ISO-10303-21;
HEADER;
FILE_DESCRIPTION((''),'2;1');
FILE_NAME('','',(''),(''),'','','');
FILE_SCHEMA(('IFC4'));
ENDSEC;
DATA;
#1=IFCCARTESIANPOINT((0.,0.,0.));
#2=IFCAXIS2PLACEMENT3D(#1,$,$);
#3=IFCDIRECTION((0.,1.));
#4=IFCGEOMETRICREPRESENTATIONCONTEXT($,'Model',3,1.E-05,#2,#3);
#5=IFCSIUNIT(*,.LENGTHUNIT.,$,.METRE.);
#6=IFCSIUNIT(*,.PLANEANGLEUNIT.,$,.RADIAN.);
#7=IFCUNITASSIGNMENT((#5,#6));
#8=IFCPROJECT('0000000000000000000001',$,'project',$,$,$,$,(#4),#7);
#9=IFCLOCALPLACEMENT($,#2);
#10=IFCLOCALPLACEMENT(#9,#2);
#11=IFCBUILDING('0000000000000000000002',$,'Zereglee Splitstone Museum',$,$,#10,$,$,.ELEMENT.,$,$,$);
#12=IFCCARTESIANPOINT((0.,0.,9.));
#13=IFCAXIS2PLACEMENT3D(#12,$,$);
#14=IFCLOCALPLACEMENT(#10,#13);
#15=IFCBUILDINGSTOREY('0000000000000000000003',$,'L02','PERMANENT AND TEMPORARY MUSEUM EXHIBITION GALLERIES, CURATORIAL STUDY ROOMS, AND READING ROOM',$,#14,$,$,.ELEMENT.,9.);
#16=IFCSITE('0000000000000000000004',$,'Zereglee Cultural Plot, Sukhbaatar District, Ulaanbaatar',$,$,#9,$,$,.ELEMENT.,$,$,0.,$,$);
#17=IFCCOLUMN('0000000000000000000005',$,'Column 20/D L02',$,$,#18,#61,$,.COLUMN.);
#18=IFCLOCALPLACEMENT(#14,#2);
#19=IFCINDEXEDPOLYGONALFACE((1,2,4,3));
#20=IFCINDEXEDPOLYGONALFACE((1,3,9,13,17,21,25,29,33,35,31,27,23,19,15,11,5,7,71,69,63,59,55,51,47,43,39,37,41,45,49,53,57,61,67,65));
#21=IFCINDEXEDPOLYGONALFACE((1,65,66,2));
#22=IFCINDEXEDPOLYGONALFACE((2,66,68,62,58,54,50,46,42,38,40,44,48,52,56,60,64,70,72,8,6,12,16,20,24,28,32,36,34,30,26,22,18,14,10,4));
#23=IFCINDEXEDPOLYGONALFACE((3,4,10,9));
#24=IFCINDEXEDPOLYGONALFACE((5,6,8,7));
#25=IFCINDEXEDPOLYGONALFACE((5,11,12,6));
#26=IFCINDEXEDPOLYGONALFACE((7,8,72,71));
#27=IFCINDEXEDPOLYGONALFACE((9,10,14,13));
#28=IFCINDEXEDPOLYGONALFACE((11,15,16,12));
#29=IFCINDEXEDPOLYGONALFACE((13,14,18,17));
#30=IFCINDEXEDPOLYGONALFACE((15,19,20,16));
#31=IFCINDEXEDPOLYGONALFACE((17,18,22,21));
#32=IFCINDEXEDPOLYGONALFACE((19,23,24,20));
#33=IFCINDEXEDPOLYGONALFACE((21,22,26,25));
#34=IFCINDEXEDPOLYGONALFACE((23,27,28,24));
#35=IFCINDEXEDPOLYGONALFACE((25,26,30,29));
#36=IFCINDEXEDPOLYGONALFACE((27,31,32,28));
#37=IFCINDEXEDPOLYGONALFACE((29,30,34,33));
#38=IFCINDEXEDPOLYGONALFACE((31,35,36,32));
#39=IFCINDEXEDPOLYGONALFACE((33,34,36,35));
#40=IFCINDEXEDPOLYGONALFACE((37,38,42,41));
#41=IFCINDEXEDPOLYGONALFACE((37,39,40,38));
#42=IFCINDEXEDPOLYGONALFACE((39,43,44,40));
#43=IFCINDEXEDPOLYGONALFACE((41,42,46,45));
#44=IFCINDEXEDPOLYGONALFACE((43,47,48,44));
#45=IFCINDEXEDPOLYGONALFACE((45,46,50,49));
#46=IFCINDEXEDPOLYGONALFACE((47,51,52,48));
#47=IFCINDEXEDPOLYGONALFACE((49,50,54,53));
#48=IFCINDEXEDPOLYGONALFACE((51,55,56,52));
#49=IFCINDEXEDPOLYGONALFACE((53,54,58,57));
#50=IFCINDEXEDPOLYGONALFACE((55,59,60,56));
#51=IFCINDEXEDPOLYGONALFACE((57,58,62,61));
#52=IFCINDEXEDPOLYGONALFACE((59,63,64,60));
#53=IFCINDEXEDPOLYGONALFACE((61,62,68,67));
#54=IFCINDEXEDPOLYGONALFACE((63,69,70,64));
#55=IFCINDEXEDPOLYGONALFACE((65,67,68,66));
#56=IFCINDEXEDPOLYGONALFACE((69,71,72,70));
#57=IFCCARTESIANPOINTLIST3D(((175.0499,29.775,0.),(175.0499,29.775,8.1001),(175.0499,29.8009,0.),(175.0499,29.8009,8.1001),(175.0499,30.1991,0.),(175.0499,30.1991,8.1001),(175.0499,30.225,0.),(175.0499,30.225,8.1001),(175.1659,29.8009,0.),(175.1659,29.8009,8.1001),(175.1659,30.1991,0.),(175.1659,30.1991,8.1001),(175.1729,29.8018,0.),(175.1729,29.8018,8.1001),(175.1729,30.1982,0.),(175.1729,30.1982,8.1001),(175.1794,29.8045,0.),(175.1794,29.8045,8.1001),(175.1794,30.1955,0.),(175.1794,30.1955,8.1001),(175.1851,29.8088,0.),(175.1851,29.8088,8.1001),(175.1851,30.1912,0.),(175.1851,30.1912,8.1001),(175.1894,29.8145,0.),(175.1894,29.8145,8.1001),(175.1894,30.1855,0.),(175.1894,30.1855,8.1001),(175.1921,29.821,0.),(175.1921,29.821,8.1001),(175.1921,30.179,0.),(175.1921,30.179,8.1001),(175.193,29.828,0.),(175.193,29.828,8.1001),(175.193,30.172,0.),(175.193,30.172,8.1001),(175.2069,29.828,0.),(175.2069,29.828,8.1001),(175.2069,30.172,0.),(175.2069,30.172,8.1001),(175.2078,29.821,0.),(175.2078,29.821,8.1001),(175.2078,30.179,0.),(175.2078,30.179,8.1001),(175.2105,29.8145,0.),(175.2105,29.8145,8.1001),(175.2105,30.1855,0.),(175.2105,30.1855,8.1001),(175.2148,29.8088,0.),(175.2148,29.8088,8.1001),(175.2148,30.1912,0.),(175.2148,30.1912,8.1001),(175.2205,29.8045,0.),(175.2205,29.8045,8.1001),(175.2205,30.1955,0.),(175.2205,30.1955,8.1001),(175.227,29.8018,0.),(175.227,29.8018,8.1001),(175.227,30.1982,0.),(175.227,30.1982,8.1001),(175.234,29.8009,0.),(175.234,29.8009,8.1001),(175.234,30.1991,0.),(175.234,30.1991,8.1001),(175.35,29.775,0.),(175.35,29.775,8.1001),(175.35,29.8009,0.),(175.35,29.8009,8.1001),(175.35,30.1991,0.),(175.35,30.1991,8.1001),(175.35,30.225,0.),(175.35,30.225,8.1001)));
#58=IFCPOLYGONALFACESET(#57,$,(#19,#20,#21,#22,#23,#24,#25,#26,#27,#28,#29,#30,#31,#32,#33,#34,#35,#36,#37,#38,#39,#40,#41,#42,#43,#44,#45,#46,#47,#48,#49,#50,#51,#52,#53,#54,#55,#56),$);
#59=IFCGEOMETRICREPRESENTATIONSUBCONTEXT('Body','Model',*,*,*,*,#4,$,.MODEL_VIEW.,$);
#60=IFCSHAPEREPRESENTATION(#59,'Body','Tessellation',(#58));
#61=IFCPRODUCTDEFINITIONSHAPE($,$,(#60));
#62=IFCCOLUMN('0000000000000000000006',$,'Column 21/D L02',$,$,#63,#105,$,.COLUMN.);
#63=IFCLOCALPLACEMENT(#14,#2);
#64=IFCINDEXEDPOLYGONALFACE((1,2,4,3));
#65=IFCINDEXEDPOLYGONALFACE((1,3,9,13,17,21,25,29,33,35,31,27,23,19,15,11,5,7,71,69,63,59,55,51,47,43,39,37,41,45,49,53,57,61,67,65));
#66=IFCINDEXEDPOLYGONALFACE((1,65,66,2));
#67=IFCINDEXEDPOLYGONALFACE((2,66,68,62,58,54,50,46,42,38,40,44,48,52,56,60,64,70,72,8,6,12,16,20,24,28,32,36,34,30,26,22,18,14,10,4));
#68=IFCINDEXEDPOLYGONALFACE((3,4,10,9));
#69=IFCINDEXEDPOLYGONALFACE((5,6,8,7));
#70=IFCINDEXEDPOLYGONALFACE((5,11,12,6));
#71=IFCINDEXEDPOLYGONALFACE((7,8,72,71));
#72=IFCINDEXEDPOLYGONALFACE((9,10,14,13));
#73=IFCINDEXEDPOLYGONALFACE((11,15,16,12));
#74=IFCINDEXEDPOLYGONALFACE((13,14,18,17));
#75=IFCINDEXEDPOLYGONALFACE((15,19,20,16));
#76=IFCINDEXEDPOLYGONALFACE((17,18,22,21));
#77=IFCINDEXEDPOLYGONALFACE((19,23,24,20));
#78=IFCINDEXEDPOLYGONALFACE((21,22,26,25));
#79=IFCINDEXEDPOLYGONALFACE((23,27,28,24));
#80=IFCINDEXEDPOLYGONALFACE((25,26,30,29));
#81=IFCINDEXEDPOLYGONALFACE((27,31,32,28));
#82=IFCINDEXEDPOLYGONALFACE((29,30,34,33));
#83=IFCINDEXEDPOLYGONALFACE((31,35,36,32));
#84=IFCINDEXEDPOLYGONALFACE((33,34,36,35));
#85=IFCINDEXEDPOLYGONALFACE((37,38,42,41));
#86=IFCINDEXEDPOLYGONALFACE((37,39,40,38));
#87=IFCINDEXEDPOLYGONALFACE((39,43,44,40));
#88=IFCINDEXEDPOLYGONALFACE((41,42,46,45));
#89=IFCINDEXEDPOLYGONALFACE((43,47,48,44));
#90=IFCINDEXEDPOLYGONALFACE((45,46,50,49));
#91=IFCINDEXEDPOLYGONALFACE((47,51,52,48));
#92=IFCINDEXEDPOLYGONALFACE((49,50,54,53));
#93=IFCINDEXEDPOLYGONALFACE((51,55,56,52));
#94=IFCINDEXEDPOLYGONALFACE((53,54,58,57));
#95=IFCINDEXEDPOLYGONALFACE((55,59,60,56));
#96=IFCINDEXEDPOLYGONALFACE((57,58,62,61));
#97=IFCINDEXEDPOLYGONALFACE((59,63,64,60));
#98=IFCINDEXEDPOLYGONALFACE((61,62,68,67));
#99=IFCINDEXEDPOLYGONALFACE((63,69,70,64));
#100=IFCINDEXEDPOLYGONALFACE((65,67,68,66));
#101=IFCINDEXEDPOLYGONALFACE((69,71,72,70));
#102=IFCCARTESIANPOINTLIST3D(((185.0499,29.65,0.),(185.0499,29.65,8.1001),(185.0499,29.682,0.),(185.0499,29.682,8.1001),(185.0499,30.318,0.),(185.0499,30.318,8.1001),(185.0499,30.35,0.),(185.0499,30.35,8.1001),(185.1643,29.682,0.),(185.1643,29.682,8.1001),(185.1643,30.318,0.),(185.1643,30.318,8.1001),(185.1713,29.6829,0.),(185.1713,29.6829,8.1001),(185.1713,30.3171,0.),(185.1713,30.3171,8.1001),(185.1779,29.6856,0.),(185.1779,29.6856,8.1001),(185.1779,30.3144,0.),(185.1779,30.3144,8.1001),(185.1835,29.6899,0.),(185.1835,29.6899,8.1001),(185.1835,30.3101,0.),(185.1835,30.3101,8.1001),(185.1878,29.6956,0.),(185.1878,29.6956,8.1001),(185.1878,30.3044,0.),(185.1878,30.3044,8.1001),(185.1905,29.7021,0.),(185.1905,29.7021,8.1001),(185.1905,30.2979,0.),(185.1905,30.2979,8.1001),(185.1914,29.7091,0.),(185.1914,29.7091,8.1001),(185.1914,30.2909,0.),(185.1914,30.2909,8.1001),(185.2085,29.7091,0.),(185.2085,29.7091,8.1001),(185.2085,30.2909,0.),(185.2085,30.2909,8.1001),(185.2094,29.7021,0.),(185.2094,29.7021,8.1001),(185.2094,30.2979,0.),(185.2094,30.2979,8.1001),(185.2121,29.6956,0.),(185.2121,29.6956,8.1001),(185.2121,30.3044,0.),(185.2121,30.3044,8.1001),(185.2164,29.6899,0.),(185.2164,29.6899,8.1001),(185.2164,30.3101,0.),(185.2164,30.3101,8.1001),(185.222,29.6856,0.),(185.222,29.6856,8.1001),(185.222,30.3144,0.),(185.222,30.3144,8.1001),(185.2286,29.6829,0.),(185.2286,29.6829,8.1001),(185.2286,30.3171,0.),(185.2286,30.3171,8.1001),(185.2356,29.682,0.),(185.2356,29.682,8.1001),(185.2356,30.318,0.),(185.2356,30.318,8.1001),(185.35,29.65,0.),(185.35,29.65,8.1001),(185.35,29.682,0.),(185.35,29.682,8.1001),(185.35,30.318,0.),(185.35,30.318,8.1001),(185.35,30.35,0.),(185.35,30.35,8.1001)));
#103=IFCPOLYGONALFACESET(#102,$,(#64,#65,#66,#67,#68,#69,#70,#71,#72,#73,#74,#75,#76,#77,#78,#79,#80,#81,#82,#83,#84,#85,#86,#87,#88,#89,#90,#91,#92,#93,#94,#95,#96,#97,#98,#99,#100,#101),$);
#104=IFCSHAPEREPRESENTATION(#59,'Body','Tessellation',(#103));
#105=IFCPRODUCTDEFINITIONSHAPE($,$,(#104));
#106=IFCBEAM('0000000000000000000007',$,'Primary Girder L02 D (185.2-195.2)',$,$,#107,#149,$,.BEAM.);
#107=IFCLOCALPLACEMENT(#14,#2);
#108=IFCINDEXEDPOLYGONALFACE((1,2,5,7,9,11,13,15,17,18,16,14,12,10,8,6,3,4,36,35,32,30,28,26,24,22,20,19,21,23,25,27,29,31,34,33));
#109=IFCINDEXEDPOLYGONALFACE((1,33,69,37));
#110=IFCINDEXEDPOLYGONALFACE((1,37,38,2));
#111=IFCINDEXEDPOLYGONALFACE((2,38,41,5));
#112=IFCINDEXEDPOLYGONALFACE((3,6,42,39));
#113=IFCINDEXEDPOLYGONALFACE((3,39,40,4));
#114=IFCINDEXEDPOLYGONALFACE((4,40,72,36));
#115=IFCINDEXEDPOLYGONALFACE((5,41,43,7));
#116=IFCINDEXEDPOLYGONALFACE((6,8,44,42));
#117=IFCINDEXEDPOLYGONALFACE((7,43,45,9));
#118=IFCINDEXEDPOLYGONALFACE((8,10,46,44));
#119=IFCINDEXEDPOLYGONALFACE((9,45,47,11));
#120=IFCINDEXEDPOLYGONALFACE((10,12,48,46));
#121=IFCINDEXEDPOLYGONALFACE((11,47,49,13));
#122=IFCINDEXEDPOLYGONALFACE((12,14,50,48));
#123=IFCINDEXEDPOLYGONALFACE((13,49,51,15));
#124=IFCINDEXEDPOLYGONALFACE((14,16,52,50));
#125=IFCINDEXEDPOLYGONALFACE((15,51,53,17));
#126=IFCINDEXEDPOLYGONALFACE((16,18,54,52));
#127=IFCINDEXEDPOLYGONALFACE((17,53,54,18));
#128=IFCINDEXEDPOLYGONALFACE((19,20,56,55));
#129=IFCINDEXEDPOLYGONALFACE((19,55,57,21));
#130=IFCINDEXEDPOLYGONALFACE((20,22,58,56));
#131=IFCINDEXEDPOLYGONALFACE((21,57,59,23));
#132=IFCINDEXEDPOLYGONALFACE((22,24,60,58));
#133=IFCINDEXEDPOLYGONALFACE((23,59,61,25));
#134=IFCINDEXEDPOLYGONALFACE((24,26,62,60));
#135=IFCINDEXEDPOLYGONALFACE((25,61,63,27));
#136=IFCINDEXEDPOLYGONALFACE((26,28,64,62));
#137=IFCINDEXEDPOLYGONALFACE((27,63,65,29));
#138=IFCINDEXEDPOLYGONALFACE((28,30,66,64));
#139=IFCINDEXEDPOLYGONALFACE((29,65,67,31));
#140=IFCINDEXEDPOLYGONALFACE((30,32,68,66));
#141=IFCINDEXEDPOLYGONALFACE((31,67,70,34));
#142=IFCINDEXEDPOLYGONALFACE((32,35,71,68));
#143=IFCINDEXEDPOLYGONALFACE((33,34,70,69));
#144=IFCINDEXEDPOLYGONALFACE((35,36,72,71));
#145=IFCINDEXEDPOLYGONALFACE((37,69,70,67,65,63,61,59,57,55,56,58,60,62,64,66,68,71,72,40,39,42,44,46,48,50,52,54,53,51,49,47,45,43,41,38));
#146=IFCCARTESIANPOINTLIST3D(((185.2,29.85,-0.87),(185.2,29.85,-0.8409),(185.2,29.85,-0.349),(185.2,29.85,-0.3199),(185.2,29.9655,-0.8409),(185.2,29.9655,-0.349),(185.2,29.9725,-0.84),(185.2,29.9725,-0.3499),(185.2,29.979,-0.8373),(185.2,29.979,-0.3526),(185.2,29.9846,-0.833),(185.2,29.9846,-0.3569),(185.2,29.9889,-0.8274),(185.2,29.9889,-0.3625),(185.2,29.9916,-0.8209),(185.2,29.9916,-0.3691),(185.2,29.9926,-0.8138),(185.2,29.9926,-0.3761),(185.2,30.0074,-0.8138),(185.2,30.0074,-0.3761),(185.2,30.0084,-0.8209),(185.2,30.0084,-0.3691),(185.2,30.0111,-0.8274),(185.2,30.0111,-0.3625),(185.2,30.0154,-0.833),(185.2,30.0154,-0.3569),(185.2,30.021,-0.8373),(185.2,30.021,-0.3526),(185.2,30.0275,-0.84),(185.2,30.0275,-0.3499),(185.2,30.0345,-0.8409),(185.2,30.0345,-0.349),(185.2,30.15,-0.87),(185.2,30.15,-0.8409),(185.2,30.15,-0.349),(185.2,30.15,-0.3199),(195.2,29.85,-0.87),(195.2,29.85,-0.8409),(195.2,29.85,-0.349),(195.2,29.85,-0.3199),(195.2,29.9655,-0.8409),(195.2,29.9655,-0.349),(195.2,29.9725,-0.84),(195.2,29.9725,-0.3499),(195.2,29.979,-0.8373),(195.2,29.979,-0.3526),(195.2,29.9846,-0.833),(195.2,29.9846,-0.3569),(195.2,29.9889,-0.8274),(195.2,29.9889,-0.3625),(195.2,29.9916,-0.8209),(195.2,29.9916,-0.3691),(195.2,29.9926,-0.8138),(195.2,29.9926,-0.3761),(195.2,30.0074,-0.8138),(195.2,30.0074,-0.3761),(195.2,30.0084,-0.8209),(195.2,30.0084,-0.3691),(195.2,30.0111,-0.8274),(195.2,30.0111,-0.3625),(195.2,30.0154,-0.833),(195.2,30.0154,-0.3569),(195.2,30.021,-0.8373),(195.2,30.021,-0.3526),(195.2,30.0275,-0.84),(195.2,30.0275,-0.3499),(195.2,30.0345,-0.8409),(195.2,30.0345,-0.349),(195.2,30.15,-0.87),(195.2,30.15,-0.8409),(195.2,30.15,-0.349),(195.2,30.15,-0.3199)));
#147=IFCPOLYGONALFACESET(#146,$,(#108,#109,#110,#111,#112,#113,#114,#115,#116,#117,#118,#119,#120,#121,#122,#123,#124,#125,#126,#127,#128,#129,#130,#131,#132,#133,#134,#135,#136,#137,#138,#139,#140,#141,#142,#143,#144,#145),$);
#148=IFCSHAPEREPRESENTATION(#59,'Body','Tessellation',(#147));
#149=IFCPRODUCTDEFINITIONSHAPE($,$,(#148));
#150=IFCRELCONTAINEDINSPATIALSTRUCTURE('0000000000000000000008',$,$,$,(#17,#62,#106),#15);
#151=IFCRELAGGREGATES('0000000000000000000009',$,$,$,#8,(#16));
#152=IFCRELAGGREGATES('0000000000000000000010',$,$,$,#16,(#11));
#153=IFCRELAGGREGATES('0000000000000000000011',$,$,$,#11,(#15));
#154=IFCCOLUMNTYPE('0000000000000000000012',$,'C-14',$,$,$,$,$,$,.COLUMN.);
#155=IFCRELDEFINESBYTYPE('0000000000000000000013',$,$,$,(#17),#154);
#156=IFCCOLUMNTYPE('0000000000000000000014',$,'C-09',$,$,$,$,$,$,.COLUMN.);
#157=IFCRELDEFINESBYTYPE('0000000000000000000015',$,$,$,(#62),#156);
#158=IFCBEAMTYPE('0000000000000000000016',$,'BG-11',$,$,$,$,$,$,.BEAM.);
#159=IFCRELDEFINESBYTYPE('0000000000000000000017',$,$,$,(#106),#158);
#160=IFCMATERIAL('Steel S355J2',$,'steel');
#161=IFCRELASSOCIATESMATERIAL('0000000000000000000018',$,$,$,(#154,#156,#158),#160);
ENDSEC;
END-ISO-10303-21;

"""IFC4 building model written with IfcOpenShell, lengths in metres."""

from ifc_helpers import new_model, si_unit, direction, frame, origin, origin_2d, place, context, subcontext, project, spatial, i_section, extrude, material, material_profile, profile_set, type_object, element, save


model = new_model("IFC4")

# Units and contexts
model_context = context("Model", 3, precision=1e-05, world=origin(), true_north=direction((0.0, 1.0)))
body_context = subcontext(model_context, "Body", "Model", "MODEL_VIEW")
ifc_project = project(units=[si_unit("LENGTHUNIT", "METRE"), si_unit("PLANEANGLEUNIT", "RADIAN")], contexts=[model_context])

# Site, building, storey
site_placement = place(None, origin())
site = spatial("IfcSite", under=ifc_project, at=site_placement, Name="Zereglee Cultural Plot, Sukhbaatar District, Ulaanbaatar", CompositionType="ELEMENT", RefElevation=0.0)
building_placement = place(site_placement, origin())
building = spatial("IfcBuilding", under=site, at=building_placement, Name="Zereglee Splitstone Museum", CompositionType="ELEMENT")
storey_placement = place(building_placement, frame((0.0, 0.0, 9.0)))
storey = spatial("IfcBuildingStorey", under=building, at=storey_placement, Name="L02", Description="PERMANENT AND TEMPORARY MUSEUM EXHIBITION GALLERIES, CURATORIAL STUDY ROOMS, AND READING ROOM", CompositionType="ELEMENT", Elevation=9.0)

# Columns
ifc_material_1 = material(Name="Steel S355J2", Category="steel")
ifc_material_profile_1 = material_profile(ifc_material_1, i_section(OverallWidth=0.3, OverallDepth=0.45, WebThickness=0.0139, FlangeThickness=0.0259, FilletRadius=0.0271, at=origin_2d()), Name="HE 450 B")
ifc_profile_set_1 = profile_set([ifc_material_profile_1], Name="Steel S355J2")
column_type_1 = type_object("IfcColumnType", Name="C-14", PredefinedType="COLUMN", material=ifc_profile_set_1)
column_1_placement = place(storey_placement, frame((175.2, 30.0, 0.0), z_axis=(0.0, 0.0, 1.0), x_axis=(1.0, 0.0, 0.0)))
element("IfcColumn", 1, at=column_1_placement, inside=storey, type_object=column_type_1, Name="Column 20/D L02", PredefinedType="COLUMN", context=body_context, shape_type="SweptSolid", body=[
    extrude(i_section(OverallWidth=0.3, OverallDepth=0.45, WebThickness=0.0139, FlangeThickness=0.0259, FilletRadius=0.0271, at=origin_2d()), origin(), (0.0, 0.0, 1.0), 8.1001),
])
ifc_material_profile_2 = material_profile(ifc_material_1, i_section(OverallWidth=0.3, OverallDepth=0.7, WebThickness=0.0171, FlangeThickness=0.032, FilletRadius=0.0271, at=origin_2d()), Name="HE 700 B")
ifc_profile_set_2 = profile_set([ifc_material_profile_2], Name="Steel S355J2")
column_type_2 = type_object("IfcColumnType", Name="C-09", PredefinedType="COLUMN", material=ifc_profile_set_2)
column_2_placement = place(storey_placement, frame((185.2, 30.0, 0.0), z_axis=(0.0, 0.0, 1.0), x_axis=(1.0, 0.0, 0.0)))
element("IfcColumn", 2, at=column_2_placement, inside=storey, type_object=column_type_2, Name="Column 21/D L02", PredefinedType="COLUMN", context=body_context, shape_type="SweptSolid", body=[
    extrude(i_section(OverallWidth=0.3, OverallDepth=0.7, WebThickness=0.0171, FlangeThickness=0.032, FilletRadius=0.0271, at=origin_2d()), origin(), (0.0, 0.0, 1.0), 8.1001),
])

# Beam
ifc_material_profile_3 = material_profile(ifc_material_1, i_section(OverallWidth=0.3, OverallDepth=0.55, WebThickness=0.0149, FlangeThickness=0.0291, FilletRadius=0.0271, at=origin_2d()), Name="HE 550 B")
ifc_profile_set_3 = profile_set([ifc_material_profile_3], Name="Steel S355J2")
beam_type_1 = type_object("IfcBeamType", Name="BG-11", PredefinedType="BEAM", material=ifc_profile_set_3)
beam_1_placement = place(storey_placement, frame((185.2, 30.0, -0.595), z_axis=(1.0, 0.0, 0.0), x_axis=(0.0, 1.0, 0.0)))
element("IfcBeam", 3, at=beam_1_placement, inside=storey, type_object=beam_type_1, Name="Primary Girder L02 D (185.2-195.2)", PredefinedType="BEAM", context=body_context, shape_type="SweptSolid", body=[
    extrude(i_section(OverallWidth=0.3, OverallDepth=0.55, WebThickness=0.0149, FlangeThickness=0.0291, FilletRadius=0.0271, at=origin_2d()), origin(), (0.0, 0.0, 1.0), 10.0),
])

save(model, "model.ifc")
